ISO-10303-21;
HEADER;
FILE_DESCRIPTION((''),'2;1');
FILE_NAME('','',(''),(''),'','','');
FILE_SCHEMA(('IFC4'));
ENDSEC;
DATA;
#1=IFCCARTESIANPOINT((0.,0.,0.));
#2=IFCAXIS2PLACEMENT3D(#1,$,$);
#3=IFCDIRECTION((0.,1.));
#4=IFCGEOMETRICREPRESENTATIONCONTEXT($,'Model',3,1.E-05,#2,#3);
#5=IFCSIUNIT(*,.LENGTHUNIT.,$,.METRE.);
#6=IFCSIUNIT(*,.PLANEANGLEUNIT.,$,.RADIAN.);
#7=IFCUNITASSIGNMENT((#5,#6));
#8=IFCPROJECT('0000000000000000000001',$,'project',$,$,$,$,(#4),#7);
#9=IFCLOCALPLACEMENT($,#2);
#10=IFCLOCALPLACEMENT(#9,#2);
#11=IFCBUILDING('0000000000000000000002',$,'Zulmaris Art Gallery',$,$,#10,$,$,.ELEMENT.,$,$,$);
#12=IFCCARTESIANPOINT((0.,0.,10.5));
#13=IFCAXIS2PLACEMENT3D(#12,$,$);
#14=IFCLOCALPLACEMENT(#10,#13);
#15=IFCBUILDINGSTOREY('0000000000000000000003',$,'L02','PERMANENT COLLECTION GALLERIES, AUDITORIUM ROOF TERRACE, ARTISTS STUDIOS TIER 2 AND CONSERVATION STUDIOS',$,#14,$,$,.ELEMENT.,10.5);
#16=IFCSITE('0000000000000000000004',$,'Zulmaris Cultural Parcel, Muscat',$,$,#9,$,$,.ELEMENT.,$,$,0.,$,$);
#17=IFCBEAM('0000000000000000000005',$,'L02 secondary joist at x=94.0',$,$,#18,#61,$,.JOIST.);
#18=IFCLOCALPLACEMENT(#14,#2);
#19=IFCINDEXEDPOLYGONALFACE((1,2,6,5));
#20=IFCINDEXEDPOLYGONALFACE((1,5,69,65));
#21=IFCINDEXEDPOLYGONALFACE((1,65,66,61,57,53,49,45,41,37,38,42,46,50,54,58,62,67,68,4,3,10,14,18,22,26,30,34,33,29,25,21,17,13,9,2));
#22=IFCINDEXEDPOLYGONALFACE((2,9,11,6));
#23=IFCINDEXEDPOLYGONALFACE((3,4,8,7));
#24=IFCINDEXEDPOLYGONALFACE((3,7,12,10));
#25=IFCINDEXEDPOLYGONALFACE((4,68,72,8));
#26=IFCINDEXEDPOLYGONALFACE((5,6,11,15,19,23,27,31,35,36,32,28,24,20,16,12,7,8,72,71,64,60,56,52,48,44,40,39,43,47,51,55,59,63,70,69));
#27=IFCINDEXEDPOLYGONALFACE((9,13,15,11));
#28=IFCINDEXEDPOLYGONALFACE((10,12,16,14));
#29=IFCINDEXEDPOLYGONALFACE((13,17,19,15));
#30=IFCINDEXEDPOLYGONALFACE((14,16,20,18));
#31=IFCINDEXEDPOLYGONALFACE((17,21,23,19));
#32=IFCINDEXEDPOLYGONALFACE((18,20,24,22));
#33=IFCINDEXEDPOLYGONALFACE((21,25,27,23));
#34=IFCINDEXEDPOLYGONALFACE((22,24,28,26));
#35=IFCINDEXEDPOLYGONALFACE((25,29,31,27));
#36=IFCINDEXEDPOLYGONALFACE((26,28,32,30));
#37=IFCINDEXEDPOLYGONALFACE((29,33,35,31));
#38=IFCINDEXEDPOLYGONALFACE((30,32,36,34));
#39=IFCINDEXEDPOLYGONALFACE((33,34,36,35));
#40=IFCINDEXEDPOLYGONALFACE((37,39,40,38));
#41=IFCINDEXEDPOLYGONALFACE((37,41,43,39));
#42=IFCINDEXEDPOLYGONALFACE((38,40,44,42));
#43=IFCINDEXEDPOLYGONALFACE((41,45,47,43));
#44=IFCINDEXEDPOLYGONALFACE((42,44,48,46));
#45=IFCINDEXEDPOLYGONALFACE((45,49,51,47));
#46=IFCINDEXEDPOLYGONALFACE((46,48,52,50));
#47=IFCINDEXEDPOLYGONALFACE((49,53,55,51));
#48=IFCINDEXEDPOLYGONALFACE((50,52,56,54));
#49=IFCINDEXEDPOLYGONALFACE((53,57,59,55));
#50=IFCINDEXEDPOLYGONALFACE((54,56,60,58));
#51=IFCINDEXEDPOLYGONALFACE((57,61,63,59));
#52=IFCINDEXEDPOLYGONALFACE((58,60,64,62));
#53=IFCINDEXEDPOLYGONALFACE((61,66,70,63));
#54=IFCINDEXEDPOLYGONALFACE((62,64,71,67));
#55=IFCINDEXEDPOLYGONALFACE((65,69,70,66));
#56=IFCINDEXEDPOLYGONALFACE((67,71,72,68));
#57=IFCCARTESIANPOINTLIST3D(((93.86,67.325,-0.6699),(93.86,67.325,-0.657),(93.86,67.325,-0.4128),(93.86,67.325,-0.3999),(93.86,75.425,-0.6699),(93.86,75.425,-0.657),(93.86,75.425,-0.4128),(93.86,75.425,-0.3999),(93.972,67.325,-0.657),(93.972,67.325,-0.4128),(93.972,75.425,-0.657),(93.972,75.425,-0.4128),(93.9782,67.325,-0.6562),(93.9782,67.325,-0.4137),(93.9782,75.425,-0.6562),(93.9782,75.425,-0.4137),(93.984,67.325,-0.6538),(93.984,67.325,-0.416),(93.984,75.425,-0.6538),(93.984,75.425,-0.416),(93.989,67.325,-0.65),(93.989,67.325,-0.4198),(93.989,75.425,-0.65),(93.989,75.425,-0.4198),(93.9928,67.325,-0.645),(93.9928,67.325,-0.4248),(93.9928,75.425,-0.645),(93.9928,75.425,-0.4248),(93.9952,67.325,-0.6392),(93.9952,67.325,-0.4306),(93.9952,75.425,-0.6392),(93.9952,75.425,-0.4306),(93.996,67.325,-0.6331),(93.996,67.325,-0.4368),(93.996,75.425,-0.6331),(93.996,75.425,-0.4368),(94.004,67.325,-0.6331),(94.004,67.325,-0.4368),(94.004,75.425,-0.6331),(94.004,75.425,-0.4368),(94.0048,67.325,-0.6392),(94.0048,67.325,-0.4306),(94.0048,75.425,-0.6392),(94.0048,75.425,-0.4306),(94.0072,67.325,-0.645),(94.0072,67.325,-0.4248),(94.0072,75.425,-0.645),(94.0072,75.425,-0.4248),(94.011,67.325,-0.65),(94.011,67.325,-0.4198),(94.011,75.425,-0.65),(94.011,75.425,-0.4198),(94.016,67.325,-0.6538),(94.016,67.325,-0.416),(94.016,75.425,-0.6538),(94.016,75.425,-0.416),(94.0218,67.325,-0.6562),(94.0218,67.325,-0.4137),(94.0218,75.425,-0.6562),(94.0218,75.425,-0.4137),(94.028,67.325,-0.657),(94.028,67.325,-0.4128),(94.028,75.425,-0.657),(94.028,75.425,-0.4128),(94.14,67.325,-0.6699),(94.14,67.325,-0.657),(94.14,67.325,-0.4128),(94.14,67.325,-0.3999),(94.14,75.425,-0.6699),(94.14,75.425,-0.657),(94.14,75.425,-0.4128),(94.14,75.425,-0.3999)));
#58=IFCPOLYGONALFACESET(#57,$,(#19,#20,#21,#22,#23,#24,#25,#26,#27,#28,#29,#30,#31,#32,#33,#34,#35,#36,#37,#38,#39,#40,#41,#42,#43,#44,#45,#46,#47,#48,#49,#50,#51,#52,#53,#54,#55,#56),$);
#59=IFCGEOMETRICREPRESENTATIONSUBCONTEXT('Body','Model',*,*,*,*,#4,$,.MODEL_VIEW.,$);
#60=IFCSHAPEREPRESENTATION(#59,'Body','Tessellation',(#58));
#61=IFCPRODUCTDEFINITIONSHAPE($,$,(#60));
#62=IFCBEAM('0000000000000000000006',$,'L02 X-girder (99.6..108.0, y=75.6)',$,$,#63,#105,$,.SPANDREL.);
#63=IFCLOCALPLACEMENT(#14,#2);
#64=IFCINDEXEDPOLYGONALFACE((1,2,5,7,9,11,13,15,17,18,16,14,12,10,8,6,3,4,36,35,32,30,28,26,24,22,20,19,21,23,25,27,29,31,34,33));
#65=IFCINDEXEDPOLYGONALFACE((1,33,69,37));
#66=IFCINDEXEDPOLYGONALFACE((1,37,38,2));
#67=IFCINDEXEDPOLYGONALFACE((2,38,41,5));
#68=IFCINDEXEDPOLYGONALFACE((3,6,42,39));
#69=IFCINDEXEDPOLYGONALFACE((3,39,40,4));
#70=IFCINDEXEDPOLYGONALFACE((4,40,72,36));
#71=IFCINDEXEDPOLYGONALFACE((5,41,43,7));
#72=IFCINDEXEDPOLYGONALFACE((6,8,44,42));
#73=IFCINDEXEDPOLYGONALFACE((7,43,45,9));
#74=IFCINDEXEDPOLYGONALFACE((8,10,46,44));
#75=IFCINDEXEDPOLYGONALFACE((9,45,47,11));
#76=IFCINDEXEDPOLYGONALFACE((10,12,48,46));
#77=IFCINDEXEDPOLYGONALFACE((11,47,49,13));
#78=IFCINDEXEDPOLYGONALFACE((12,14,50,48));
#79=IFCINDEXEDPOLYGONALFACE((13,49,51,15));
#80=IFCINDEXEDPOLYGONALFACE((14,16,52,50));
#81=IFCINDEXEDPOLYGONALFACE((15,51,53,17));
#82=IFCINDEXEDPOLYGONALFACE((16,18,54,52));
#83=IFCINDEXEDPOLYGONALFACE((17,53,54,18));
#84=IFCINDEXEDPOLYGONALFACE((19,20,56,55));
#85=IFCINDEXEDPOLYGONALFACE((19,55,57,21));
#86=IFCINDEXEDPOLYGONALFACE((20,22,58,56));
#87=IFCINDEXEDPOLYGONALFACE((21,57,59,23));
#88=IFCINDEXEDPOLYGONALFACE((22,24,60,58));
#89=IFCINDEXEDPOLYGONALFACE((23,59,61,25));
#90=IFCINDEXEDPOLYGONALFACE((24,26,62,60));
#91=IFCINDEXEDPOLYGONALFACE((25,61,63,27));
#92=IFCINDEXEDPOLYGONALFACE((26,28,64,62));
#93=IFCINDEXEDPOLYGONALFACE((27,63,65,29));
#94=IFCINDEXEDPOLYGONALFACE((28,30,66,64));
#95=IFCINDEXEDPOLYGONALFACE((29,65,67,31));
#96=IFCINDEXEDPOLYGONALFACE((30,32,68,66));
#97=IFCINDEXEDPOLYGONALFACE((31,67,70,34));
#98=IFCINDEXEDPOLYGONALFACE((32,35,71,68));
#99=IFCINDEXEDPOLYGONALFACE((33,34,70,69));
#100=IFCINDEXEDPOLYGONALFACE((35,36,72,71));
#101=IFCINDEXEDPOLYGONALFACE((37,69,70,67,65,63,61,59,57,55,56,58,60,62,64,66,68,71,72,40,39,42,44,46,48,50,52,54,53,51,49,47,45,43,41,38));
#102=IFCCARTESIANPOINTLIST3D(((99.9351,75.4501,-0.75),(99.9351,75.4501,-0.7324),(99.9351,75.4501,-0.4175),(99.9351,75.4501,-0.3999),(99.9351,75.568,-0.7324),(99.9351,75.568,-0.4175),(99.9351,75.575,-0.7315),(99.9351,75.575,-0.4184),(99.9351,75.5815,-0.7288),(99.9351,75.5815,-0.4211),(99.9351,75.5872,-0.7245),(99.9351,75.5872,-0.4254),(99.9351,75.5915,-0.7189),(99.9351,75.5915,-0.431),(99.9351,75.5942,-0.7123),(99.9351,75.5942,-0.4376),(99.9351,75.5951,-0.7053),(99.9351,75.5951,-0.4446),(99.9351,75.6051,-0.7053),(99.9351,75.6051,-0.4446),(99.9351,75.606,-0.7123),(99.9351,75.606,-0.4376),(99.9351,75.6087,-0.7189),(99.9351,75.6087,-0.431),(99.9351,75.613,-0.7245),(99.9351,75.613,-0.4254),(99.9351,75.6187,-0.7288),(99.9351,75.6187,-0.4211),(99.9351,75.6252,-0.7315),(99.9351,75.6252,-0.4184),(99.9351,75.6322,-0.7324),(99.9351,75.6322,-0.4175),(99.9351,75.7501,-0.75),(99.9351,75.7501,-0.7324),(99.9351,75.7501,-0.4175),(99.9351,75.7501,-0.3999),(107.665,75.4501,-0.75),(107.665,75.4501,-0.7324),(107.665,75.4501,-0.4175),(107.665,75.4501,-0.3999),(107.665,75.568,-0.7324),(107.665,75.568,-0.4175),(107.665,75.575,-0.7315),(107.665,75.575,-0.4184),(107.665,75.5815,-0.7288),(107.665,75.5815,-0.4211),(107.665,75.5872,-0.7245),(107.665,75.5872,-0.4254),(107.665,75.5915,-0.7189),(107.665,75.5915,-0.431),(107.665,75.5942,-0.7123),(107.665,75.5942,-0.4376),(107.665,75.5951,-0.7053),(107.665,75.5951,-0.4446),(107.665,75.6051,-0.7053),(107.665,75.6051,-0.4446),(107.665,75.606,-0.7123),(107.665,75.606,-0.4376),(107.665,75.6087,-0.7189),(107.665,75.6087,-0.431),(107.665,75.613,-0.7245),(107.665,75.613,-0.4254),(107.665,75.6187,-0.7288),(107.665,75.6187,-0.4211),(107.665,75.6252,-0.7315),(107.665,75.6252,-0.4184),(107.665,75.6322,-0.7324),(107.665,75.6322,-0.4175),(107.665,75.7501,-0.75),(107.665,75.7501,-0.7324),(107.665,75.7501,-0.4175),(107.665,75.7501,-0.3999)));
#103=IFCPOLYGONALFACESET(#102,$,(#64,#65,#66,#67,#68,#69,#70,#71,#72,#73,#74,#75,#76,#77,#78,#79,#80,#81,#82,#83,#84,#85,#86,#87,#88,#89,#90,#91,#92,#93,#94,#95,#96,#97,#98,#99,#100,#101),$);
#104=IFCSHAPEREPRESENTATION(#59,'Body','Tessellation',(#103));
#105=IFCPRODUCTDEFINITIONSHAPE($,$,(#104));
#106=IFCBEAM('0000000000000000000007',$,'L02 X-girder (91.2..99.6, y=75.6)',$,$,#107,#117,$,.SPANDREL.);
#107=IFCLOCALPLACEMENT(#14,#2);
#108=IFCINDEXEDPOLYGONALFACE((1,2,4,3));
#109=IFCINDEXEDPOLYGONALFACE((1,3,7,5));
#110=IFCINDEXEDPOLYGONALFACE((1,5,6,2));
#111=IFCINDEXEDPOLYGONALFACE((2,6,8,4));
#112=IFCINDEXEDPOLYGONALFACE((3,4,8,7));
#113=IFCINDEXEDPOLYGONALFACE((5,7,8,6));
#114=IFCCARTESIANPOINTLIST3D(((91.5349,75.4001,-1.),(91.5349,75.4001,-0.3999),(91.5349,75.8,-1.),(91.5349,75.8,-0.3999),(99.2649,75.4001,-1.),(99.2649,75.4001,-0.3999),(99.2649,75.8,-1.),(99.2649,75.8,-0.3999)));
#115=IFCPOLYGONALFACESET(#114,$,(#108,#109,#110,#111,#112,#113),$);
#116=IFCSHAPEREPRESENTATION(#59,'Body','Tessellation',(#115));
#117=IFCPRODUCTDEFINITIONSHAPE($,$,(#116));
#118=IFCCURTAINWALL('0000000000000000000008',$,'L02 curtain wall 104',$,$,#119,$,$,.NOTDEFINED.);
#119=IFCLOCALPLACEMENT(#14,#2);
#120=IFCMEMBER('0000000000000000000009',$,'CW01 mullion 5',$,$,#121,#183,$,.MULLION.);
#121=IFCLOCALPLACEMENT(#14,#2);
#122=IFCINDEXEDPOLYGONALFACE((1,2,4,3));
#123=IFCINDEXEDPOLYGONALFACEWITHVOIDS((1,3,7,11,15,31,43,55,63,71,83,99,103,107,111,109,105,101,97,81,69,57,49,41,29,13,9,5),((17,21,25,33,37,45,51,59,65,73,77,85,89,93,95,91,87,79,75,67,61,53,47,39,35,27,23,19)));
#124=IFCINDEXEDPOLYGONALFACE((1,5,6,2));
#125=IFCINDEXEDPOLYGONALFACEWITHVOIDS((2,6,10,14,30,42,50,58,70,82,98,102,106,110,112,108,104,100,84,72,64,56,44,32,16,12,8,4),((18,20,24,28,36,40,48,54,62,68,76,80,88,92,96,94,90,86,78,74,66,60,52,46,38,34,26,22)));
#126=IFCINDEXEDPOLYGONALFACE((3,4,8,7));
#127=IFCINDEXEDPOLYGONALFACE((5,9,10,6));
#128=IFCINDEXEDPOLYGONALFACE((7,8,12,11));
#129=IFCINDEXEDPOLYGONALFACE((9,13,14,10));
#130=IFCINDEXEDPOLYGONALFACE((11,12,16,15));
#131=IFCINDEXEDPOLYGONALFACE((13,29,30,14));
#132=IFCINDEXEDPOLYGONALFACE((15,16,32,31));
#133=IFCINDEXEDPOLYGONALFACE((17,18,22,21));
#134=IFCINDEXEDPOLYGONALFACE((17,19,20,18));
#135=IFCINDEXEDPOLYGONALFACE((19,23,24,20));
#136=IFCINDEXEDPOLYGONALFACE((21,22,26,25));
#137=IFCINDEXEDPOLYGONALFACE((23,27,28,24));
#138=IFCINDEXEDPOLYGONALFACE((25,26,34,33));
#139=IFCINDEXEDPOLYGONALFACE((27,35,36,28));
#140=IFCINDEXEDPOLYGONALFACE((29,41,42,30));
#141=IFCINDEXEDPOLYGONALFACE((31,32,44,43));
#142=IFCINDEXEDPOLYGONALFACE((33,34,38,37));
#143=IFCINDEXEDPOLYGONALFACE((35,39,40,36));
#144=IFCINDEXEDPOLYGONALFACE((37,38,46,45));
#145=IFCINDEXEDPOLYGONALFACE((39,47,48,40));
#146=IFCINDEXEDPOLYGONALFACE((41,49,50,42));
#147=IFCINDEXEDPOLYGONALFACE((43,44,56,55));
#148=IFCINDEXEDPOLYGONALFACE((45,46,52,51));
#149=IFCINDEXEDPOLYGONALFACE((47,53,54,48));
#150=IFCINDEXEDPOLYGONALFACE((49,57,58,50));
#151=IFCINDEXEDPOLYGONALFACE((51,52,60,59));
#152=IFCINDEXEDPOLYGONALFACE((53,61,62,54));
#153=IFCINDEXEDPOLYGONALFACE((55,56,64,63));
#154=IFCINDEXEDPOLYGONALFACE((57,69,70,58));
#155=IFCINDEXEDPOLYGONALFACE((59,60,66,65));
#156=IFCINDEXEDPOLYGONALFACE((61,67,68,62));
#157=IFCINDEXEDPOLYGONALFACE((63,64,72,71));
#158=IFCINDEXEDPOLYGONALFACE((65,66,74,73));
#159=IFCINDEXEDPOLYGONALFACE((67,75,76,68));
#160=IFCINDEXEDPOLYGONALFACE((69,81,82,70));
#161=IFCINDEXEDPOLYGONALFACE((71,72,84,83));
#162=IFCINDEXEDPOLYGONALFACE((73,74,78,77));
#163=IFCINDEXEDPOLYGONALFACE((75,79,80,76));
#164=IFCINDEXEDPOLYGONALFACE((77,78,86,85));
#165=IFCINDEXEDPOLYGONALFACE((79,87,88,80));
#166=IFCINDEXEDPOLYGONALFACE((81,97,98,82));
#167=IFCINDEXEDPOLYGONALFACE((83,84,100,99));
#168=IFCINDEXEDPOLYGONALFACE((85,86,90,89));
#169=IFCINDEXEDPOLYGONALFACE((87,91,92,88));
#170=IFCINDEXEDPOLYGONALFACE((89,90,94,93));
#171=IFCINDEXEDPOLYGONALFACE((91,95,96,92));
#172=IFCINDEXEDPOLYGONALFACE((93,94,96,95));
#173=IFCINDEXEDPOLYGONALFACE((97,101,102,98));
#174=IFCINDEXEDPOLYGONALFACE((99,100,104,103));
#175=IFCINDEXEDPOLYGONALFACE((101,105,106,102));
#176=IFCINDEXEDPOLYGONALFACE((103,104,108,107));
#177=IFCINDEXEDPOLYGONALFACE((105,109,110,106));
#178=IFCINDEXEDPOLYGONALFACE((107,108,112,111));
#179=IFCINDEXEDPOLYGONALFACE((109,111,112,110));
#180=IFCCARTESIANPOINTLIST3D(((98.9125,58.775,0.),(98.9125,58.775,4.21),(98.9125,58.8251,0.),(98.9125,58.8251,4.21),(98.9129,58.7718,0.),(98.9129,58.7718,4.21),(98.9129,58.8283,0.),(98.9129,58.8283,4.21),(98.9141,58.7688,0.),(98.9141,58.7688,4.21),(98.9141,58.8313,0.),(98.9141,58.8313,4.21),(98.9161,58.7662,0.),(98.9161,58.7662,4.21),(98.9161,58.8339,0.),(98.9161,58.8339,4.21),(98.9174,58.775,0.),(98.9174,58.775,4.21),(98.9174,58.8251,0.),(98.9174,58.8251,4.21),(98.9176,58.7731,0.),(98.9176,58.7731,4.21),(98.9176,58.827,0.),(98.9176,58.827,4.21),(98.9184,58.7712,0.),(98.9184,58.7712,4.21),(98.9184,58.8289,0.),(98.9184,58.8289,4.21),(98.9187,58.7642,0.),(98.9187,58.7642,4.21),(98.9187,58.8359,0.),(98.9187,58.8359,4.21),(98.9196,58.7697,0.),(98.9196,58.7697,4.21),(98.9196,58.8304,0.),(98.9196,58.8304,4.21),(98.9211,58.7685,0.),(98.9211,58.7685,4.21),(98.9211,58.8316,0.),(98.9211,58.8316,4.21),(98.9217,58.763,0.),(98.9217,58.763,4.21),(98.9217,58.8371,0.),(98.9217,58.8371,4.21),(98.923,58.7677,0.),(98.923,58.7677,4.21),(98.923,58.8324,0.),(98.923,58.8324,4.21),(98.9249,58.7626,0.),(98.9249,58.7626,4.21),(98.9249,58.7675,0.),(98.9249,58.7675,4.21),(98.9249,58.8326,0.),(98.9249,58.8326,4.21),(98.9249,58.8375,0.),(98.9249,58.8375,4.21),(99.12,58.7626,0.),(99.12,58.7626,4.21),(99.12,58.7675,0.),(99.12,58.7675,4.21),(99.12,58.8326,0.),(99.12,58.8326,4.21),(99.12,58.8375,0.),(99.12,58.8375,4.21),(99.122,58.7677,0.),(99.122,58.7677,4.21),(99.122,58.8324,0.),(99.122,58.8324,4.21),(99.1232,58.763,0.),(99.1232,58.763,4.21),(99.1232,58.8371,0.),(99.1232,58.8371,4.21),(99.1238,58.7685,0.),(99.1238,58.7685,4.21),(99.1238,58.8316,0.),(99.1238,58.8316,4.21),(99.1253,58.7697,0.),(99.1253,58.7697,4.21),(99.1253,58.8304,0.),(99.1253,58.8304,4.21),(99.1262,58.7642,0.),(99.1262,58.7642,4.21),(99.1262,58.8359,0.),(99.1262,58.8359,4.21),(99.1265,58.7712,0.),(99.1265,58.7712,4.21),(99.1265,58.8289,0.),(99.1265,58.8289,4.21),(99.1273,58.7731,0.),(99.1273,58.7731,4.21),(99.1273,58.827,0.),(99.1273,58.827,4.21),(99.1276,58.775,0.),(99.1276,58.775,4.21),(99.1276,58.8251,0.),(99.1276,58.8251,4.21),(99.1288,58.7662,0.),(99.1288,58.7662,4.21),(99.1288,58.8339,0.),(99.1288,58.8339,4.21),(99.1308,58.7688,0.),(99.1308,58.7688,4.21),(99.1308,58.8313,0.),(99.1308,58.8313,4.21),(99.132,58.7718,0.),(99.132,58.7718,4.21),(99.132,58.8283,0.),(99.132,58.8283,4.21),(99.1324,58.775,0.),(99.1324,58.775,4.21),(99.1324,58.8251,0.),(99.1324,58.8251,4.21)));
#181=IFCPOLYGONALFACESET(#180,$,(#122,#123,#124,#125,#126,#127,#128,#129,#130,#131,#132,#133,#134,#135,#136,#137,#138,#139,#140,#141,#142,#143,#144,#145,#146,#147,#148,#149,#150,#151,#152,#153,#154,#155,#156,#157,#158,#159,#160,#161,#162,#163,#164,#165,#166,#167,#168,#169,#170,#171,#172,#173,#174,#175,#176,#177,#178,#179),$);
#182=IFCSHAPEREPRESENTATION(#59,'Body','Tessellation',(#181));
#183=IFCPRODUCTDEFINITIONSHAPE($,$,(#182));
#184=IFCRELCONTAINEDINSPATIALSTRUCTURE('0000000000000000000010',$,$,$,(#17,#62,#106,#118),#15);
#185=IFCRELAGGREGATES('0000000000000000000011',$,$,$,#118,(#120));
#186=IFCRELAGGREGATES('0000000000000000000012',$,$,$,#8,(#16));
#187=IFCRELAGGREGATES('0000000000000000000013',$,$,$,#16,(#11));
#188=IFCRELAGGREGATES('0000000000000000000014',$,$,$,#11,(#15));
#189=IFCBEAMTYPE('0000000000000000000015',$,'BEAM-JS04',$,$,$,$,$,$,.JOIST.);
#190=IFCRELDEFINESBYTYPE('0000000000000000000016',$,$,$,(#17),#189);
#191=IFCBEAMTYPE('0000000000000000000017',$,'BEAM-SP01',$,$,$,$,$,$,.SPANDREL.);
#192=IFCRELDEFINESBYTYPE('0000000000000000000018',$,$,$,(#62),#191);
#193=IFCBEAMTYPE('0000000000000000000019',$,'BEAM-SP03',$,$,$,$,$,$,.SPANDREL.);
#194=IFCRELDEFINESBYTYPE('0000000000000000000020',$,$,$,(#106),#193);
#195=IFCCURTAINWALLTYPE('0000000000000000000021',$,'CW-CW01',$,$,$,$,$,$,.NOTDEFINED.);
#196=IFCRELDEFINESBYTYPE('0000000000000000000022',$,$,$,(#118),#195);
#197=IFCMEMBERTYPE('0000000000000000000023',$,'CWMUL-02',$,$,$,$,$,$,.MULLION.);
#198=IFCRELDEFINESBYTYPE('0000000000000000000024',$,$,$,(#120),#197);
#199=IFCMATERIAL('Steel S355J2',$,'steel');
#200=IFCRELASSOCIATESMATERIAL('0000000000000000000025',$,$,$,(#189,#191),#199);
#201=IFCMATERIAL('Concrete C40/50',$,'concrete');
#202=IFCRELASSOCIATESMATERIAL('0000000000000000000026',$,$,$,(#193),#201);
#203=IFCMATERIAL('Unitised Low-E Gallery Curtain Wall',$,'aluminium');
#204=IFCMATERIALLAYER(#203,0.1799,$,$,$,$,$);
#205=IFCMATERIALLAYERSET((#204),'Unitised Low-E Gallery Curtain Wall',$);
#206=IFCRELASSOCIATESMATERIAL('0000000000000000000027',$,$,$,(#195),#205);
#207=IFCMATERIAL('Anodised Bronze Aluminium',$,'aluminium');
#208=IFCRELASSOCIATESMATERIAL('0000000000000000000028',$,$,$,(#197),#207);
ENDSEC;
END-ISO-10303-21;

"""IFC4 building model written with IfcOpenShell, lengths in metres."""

from ifc_helpers import new_model, si_unit, direction, frame, origin, origin_2d, place, context, subcontext, project, spatial, rectangle, hollow_rectangle, i_section, extrude, material, layer, layer_set, material_profile, profile_set, type_object, element, aggregate, save


model = new_model("IFC4")

# Units and contexts
model_context = context("Model", 3, precision=1e-05, world=origin(), true_north=direction((0.0, 1.0)))
body_context = subcontext(model_context, "Body", "Model", "MODEL_VIEW")
ifc_project = project(units=[si_unit("LENGTHUNIT", "METRE"), si_unit("PLANEANGLEUNIT", "RADIAN")], contexts=[model_context])

# Site, building, storey
site_placement = place(None, origin())
site = spatial("IfcSite", under=ifc_project, at=site_placement, Name="Zulmaris Cultural Parcel, Muscat", CompositionType="ELEMENT", RefElevation=0.0)
building_placement = place(site_placement, origin())
building = spatial("IfcBuilding", under=site, at=building_placement, Name="Zulmaris Art Gallery", CompositionType="ELEMENT")
storey_placement = place(building_placement, frame((0.0, 0.0, 10.5)))
storey = spatial("IfcBuildingStorey", under=building, at=storey_placement, Name="L02", Description="PERMANENT COLLECTION GALLERIES, AUDITORIUM ROOF TERRACE, ARTISTS STUDIOS TIER 2 AND CONSERVATION STUDIOS", CompositionType="ELEMENT", Elevation=10.5)

# Shared definitions
ifc_material_1 = material(Name="Concrete C40/50", Category="concrete")

# Beams
ifc_material_2 = material(Name="Steel S355J2", Category="steel")
ifc_material_profile_1 = material_profile(ifc_material_2, i_section(OverallWidth=0.28, OverallDepth=0.27, WebThickness=0.0081, FlangeThickness=0.0129, FilletRadius=0.0239, at=origin_2d()), Name="HEA 280")
ifc_profile_set_1 = profile_set([ifc_material_profile_1], Name="Steel S355J2")
beam_type_1 = type_object("IfcBeamType", Name="BEAM-JS04", PredefinedType="JOIST", material=ifc_profile_set_1)
beam_1_placement = place(storey_placement, frame((94.0, 67.325, -0.5349), z_axis=(0.0, 1.0, 0.0), x_axis=(-1.0, 0.0, 0.0)))
element("IfcBeam", 1, at=beam_1_placement, inside=storey, type_object=beam_type_1, Name="L02 secondary joist at x=94.0", PredefinedType="JOIST", context=body_context, shape_type="SweptSolid", body=[
    extrude(i_section(OverallWidth=0.28, OverallDepth=0.27, WebThickness=0.0081, FlangeThickness=0.0129, FilletRadius=0.0239, at=origin_2d()), origin(), (0.0, 0.0, 1.0), 8.1001),
])
ifc_material_profile_2 = material_profile(ifc_material_2, i_section(OverallWidth=0.3, OverallDepth=0.3501, WebThickness=0.01, FlangeThickness=0.0176, FilletRadius=0.0271, at=origin_2d()), Name="HEA 360")
ifc_profile_set_2 = profile_set([ifc_material_profile_2], Name="Steel S355J2")
beam_type_2 = type_object("IfcBeamType", Name="BEAM-SP01", PredefinedType="SPANDREL", material=ifc_profile_set_2)
beam_2_placement = place(storey_placement, frame((99.9351, 75.6001, -0.575), z_axis=(1.0, 0.0, 0.0), x_axis=(0.0, 1.0, 0.0)))
element("IfcBeam", 2, at=beam_2_placement, inside=storey, type_object=beam_type_2, Name="L02 X-girder (99.6..108.0, y=75.6)", PredefinedType="SPANDREL", context=body_context, shape_type="SweptSolid", body=[
    extrude(i_section(OverallWidth=0.3, OverallDepth=0.3501, WebThickness=0.01, FlangeThickness=0.0176, FilletRadius=0.0271, at=origin_2d()), origin(), (0.0, 0.0, 1.0), 7.73),
])
ifc_material_profile_3 = material_profile(ifc_material_1, rectangle(XDim=0.3999, YDim=0.6001, at=origin_2d()), Name="RC 400x600")
ifc_profile_set_3 = profile_set([ifc_material_profile_3], Name="Concrete C40/50")
beam_type_3 = type_object("IfcBeamType", Name="BEAM-SP03", PredefinedType="SPANDREL", material=ifc_profile_set_3)
beam_3_placement = place(storey_placement, frame((91.5349, 75.6001, -0.7), z_axis=(1.0, 0.0, 0.0), x_axis=(0.0, 1.0, 0.0)))
element("IfcBeam", 3, at=beam_3_placement, inside=storey, type_object=beam_type_3, Name="L02 X-girder (91.2..99.6, y=75.6)", PredefinedType="SPANDREL", context=body_context, shape_type="SweptSolid", body=[
    extrude(rectangle(XDim=0.3999, YDim=0.6001, at=origin_2d()), origin(), (0.0, 0.0, 1.0), 7.73),
])

# Curtain wall, member
ifc_material_3 = material(Name="Unitised Low-E Gallery Curtain Wall", Category="aluminium")
ifc_layer_1 = layer(ifc_material_3, 0.1799)
ifc_layer_set_1 = layer_set([ifc_layer_1], Name="Unitised Low-E Gallery Curtain Wall")
curtain_wall_type = type_object("IfcCurtainWallType", Name="CW-CW01", PredefinedType="NOTDEFINED", material=ifc_layer_set_1)
curtain_wall_1_placement = place(storey_placement, origin())
curtain_wall_1 = element("IfcCurtainWall", 4, at=curtain_wall_1_placement, inside=storey, type_object=curtain_wall_type, Name="L02 curtain wall 104", PredefinedType="NOTDEFINED")
ifc_material_4 = material(Name="Anodised Bronze Aluminium", Category="aluminium")
ifc_material_profile_4 = material_profile(ifc_material_4, hollow_rectangle(XDim=0.075, YDim=0.22, WallThickness=0.0049, InnerFilletRadius=0.0076, OuterFilletRadius=0.0125, at=origin_2d()), Name="ALU 75x220x5")
ifc_profile_set_4 = profile_set([ifc_material_profile_4], Name="Anodised Bronze Aluminium")
member_type_1 = type_object("IfcMemberType", Name="CWMUL-02", PredefinedType="MULLION", material=ifc_profile_set_4)
member_1_placement = place(storey_placement, frame((99.0225, 58.8, 0.0), z_axis=(0.0, 0.0, 1.0), x_axis=(0.0, 1.0, 0.0)))
member_1 = element("IfcMember", 5, at=member_1_placement, type_object=member_type_1, Name="CW01 mullion 5", PredefinedType="MULLION", context=body_context, shape_type="SweptSolid", body=[
    extrude(hollow_rectangle(XDim=0.075, YDim=0.22, WallThickness=0.0049, InnerFilletRadius=0.0076, OuterFilletRadius=0.0125, at=origin_2d()), origin(), (0.0, 0.0, 1.0), 4.21),
])

aggregate(curtain_wall_1, [member_1])

save(model, "model.ifc")
